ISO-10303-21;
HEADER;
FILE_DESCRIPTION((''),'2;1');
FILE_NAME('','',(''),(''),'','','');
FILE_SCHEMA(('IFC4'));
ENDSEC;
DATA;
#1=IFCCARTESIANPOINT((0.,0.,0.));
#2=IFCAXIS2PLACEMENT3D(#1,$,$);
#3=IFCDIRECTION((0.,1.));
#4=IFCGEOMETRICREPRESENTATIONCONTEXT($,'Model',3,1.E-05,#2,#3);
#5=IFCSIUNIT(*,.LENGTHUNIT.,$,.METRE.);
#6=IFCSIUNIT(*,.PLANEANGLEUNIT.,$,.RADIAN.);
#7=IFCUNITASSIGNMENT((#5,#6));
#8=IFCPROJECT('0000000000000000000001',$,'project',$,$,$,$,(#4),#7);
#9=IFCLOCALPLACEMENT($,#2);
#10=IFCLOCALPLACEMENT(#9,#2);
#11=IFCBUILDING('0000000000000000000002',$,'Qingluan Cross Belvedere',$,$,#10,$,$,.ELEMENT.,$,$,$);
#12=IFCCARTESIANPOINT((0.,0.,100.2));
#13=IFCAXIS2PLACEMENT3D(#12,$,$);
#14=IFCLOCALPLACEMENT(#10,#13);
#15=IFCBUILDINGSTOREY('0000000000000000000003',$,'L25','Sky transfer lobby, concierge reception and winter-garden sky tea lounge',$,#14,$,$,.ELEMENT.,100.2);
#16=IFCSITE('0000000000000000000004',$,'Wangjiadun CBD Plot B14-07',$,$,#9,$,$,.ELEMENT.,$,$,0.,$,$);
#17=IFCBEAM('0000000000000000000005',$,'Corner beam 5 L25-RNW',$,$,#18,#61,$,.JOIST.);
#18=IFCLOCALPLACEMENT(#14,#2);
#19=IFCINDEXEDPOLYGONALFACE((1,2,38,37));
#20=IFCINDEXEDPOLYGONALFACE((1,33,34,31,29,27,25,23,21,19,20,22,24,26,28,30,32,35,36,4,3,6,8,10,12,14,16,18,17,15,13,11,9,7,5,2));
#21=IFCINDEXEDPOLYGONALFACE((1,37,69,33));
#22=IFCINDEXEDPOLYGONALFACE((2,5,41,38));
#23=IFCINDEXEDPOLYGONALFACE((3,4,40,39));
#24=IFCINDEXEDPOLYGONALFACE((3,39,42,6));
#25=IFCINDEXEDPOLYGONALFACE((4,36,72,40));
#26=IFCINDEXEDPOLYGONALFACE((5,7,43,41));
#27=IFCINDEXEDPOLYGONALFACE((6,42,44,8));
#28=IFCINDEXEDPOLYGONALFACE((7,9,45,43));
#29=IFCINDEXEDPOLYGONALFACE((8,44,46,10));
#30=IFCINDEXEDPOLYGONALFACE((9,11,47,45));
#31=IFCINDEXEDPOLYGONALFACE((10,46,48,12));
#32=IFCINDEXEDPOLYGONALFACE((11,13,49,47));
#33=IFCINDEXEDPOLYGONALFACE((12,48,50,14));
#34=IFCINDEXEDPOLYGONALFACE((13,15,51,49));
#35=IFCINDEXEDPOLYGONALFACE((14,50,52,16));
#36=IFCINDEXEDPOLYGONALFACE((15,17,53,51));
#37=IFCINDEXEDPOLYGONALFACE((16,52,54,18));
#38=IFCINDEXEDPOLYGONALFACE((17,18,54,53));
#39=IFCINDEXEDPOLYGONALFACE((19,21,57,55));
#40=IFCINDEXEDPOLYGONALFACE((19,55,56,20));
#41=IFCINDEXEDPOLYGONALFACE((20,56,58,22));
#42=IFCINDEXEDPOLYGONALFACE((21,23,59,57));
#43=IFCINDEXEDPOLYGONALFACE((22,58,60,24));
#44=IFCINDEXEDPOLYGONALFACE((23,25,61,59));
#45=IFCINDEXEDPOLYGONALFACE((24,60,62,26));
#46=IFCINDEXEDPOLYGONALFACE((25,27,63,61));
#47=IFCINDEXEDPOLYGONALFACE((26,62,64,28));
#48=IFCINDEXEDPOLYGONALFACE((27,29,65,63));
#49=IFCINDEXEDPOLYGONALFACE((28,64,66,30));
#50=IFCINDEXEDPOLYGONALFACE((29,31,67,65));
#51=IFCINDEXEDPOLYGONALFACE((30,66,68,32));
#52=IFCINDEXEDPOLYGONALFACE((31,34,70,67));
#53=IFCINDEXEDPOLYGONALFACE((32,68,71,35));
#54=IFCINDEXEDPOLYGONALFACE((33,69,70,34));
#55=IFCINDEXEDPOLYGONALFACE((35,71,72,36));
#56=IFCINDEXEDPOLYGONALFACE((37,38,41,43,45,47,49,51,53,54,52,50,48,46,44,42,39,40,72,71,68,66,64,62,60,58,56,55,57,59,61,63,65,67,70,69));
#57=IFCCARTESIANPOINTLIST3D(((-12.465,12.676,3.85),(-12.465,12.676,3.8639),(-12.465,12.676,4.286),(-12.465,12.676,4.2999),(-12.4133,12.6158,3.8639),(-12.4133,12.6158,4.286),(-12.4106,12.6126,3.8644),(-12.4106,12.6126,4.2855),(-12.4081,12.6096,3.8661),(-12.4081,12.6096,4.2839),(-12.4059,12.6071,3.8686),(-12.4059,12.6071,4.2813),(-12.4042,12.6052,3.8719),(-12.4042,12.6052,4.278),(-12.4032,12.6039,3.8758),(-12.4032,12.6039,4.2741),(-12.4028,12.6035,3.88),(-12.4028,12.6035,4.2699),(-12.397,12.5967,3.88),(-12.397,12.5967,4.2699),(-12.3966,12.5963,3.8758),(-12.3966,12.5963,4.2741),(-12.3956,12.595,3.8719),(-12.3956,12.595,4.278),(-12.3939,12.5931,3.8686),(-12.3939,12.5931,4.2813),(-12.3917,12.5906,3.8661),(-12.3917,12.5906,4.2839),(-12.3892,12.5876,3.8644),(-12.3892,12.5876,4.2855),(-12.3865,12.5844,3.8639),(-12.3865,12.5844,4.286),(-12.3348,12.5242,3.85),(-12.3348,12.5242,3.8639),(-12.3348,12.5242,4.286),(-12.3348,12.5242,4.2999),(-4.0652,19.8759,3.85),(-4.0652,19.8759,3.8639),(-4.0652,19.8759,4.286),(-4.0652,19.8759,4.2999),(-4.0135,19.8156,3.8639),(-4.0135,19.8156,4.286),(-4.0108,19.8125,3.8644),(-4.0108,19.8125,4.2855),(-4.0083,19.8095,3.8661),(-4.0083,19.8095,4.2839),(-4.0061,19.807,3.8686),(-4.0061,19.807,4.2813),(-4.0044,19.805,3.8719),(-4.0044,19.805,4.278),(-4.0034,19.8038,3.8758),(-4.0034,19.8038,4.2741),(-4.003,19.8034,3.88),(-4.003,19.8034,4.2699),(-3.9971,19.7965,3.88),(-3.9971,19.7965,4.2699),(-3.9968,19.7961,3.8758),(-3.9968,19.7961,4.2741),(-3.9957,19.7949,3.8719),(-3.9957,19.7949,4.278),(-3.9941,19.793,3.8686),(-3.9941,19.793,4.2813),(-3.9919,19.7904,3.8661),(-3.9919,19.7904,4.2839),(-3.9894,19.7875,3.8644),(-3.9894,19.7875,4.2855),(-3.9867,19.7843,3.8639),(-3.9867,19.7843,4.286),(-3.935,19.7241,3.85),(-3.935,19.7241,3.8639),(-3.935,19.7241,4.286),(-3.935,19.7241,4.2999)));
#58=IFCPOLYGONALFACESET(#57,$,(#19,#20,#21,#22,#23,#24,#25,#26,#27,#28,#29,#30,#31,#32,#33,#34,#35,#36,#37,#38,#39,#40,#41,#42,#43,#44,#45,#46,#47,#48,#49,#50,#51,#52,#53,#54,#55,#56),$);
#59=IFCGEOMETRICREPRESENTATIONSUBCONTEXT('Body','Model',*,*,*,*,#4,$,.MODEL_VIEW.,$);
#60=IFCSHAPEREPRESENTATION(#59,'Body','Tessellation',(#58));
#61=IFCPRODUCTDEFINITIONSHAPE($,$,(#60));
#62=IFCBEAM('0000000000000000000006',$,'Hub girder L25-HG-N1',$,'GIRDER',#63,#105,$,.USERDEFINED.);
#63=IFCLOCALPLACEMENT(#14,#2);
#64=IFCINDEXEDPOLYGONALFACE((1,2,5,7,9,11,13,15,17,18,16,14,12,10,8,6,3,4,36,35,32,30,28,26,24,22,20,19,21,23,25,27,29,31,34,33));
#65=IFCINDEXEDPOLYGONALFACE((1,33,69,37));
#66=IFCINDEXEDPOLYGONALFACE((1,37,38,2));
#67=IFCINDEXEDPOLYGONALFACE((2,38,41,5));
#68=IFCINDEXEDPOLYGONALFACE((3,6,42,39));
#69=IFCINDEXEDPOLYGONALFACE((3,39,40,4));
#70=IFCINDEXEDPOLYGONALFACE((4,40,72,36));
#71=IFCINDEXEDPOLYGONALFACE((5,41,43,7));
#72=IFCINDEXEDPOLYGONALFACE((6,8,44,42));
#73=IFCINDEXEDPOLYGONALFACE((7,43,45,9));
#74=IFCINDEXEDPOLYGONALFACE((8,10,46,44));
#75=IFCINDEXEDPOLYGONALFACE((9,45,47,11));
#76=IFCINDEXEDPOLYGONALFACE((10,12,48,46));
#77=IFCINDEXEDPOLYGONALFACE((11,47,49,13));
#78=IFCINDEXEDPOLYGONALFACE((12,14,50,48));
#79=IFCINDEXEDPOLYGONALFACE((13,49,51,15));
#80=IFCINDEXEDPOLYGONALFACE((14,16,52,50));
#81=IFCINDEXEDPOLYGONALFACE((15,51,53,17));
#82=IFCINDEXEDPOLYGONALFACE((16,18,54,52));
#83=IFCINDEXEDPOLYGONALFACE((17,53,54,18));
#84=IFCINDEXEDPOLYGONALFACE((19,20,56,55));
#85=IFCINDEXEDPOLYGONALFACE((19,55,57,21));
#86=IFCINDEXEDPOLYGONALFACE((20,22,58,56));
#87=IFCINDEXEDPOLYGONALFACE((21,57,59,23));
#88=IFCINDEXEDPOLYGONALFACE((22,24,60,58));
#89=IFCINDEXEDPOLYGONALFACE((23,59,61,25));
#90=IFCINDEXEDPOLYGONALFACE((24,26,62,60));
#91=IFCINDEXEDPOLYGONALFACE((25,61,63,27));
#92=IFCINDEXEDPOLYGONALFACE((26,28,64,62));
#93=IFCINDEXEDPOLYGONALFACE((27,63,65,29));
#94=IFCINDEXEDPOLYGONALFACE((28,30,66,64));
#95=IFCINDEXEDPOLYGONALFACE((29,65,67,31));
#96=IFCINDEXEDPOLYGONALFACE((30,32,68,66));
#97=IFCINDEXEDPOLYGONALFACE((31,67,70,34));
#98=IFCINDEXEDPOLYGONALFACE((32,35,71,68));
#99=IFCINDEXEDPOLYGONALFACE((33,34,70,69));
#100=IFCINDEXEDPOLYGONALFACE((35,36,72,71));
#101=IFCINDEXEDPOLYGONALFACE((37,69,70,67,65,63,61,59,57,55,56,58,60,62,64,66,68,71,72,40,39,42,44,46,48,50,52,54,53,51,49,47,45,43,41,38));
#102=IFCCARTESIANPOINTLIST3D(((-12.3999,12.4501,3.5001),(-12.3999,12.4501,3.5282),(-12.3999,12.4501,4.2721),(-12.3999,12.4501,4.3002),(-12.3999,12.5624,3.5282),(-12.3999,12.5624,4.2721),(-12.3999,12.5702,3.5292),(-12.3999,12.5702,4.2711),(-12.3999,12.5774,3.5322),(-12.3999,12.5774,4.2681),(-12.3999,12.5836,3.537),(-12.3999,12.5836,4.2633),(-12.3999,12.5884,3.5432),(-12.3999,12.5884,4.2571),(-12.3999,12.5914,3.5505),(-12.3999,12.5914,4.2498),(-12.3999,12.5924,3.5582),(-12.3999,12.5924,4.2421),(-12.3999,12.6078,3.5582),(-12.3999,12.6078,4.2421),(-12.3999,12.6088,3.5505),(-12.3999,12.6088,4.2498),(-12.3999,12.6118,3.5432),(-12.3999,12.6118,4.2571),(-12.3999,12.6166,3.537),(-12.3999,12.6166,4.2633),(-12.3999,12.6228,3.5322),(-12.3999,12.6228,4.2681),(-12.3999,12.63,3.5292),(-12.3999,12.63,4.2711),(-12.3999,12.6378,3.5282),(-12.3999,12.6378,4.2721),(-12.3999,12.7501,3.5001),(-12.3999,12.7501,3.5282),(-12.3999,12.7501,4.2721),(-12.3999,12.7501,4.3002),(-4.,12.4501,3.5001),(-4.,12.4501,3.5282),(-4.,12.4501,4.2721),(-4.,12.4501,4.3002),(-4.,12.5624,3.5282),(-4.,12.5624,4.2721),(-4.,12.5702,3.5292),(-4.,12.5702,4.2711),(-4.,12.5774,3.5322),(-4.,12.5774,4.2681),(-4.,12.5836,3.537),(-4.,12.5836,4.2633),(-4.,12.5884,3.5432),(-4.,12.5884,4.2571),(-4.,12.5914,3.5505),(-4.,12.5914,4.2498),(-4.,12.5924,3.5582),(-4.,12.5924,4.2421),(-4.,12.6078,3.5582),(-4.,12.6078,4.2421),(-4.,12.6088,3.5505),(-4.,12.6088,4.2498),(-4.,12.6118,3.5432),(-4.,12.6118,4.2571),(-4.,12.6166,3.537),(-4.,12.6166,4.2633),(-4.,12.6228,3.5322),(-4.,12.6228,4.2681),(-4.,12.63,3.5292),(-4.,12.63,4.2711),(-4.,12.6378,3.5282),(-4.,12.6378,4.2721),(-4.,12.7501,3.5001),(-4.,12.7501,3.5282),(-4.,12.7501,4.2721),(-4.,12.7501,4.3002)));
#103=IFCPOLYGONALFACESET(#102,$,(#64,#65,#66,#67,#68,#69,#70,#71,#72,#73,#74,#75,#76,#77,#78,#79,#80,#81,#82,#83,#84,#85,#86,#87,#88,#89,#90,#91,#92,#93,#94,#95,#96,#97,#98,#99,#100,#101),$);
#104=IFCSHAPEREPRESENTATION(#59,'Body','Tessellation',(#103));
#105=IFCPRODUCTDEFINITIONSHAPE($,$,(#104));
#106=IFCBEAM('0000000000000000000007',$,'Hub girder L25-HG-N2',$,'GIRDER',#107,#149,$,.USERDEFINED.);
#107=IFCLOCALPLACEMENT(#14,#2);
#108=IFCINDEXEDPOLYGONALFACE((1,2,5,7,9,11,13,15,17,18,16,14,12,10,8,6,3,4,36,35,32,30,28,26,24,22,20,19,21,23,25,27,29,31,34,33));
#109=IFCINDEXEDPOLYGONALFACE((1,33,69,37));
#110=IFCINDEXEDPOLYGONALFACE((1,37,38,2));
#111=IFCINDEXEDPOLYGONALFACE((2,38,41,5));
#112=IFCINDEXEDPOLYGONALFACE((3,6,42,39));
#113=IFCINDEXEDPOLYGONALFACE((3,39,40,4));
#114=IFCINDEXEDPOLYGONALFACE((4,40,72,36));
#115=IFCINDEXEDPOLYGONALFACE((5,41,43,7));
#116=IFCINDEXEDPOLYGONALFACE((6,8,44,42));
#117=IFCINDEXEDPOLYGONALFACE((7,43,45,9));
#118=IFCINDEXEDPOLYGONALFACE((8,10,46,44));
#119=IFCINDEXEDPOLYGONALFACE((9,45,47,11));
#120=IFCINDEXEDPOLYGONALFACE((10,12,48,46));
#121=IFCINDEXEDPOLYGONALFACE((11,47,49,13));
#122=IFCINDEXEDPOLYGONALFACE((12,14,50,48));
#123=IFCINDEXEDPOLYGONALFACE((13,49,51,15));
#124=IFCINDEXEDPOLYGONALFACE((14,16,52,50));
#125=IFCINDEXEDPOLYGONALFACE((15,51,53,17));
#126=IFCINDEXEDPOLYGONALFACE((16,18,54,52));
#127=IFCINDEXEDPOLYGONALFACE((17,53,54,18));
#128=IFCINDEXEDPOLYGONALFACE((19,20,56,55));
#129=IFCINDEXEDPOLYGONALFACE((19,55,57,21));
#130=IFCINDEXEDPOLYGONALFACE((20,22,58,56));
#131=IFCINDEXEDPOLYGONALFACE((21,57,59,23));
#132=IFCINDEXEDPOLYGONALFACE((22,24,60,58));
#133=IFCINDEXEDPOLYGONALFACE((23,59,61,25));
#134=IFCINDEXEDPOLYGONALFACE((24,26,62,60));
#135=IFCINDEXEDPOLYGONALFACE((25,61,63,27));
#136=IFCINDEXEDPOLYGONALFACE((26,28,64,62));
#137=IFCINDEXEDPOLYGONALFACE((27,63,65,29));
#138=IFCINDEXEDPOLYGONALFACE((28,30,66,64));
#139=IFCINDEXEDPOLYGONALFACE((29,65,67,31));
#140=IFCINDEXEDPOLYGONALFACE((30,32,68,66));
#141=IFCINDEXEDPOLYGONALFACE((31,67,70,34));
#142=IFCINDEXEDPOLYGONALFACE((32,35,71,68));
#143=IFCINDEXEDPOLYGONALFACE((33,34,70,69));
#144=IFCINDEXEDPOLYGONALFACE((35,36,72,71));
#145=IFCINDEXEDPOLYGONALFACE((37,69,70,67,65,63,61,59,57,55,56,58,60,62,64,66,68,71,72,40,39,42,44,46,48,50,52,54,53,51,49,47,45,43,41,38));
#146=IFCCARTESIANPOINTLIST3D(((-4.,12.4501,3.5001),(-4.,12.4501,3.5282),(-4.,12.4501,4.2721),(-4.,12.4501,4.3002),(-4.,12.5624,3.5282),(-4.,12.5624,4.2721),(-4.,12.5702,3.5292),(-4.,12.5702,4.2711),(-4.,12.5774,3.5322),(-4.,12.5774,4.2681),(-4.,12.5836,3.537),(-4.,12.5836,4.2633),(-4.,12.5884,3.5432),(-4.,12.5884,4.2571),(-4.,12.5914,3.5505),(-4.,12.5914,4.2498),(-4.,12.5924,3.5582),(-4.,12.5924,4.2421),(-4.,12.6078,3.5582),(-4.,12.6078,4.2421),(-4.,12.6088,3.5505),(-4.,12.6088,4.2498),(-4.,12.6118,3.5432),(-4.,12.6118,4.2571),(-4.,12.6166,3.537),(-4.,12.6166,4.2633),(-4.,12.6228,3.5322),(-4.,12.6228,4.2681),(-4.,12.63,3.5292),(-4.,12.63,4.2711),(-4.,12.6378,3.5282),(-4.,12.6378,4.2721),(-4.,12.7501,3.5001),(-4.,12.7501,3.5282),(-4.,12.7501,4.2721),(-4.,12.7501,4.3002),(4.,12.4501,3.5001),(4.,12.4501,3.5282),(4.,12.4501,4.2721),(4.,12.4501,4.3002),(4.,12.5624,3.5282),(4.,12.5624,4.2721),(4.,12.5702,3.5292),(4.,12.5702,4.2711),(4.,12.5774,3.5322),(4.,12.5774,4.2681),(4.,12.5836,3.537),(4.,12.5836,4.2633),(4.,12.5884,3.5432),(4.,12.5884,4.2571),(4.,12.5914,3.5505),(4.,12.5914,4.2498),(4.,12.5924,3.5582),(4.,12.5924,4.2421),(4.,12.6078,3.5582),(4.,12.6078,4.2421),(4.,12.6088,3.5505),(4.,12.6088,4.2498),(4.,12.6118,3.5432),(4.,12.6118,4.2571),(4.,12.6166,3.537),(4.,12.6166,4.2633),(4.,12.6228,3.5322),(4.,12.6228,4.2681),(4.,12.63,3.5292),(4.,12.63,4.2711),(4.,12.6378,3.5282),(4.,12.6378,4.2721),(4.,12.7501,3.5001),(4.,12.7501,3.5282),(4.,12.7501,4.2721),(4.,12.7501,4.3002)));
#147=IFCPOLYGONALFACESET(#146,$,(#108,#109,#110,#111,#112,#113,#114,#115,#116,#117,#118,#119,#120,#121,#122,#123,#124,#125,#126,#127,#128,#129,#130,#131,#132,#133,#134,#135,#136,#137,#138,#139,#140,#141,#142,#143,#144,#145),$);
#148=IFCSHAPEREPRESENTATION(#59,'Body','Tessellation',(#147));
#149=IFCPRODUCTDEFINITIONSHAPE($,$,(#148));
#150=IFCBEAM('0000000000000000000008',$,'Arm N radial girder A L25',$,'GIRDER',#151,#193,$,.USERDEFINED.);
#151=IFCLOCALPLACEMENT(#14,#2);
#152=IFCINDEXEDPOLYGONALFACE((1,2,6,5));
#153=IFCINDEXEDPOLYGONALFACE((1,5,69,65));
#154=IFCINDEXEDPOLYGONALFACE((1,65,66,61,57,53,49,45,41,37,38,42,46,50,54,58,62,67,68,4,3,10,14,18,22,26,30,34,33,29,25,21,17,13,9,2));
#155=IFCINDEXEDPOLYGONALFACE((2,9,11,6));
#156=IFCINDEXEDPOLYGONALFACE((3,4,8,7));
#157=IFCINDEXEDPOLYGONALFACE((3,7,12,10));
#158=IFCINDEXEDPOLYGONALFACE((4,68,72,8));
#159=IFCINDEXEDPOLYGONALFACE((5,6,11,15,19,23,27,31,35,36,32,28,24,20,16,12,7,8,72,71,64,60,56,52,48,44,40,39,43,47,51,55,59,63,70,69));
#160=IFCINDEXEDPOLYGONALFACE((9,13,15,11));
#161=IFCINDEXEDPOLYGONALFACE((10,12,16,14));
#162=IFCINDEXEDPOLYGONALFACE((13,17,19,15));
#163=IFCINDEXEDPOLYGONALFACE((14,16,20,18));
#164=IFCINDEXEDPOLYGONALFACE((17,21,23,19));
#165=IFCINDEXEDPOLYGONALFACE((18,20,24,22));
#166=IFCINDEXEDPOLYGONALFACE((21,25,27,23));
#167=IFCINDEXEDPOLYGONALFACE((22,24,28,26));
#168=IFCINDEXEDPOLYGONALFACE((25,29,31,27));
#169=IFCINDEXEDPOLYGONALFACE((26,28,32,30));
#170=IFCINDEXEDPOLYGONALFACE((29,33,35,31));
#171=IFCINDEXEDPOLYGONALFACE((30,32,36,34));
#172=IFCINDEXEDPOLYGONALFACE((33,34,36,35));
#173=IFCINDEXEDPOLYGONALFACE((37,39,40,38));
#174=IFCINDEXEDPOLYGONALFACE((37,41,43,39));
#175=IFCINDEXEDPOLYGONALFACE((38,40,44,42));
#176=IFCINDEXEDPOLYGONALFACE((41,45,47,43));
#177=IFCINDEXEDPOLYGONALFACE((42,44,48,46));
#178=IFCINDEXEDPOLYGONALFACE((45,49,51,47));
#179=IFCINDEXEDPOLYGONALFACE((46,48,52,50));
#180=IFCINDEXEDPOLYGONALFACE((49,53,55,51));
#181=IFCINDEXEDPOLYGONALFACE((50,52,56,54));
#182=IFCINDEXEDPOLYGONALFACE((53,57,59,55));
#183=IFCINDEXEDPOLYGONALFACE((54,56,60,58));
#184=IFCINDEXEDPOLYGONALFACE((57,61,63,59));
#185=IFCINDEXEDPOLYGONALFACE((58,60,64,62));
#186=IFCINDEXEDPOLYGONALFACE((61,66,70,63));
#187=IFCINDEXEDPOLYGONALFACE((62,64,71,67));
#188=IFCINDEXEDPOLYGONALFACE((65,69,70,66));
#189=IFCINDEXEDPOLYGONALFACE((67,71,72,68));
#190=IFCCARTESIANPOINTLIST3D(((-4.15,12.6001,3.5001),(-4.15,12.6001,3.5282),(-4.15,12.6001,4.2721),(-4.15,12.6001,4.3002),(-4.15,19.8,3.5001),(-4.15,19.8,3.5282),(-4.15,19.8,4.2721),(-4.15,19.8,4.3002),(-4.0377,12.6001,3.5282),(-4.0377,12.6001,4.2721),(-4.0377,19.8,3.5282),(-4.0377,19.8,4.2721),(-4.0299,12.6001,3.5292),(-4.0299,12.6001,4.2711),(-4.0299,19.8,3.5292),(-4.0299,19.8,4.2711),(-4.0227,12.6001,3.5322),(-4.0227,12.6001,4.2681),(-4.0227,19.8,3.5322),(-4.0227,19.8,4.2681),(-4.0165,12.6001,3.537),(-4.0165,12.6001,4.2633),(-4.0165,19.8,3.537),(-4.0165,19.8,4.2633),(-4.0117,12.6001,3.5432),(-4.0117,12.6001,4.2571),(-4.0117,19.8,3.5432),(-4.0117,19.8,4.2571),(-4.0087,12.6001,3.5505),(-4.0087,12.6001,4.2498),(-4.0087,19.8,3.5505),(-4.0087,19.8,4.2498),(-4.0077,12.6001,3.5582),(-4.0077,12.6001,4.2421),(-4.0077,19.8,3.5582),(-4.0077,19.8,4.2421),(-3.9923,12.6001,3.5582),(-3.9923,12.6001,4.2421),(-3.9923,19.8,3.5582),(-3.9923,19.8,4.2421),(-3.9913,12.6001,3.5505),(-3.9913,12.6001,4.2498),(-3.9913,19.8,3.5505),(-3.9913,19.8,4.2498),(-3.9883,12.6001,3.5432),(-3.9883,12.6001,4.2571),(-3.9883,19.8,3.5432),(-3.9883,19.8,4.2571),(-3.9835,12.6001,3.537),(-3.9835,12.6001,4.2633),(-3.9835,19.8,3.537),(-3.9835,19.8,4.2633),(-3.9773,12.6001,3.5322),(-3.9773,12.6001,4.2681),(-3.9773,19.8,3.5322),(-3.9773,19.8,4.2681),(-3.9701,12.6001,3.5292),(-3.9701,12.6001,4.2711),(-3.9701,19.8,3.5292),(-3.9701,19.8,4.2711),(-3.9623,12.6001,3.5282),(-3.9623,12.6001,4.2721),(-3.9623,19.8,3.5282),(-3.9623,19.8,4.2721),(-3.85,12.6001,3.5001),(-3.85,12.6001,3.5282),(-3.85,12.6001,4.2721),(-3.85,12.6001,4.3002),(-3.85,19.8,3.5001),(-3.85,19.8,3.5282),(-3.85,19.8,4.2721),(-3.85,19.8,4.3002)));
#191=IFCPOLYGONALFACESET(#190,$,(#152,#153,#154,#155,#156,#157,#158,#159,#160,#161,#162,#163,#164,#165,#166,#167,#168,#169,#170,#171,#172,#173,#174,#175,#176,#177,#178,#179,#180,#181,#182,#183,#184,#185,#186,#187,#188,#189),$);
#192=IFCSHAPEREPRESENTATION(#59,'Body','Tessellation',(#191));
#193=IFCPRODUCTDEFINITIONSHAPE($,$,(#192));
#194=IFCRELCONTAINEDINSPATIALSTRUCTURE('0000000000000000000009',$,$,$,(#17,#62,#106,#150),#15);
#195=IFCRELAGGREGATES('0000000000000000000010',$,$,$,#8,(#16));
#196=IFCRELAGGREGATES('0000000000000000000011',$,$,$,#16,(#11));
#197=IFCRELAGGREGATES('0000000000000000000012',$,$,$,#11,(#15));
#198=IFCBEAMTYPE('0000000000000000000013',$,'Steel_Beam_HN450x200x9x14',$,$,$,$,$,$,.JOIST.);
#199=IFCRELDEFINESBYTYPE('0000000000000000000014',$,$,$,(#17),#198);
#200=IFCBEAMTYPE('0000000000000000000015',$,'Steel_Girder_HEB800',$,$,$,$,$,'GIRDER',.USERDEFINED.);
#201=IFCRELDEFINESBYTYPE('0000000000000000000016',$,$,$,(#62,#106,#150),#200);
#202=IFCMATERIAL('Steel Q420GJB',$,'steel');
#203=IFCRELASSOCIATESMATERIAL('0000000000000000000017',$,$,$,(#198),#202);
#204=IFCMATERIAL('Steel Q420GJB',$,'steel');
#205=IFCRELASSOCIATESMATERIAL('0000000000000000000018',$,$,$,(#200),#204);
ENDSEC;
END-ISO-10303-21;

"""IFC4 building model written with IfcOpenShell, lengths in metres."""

from ifc_helpers import new_model, si_unit, direction, frame, origin, origin_2d, place, context, subcontext, project, spatial, i_section, extrude, material, material_profile, profile_set, type_object, element, save


model = new_model("IFC4")

# Units and contexts
model_context = context("Model", 3, precision=1e-05, world=origin(), true_north=direction((0.0, 1.0)))
body_context = subcontext(model_context, "Body", "Model", "MODEL_VIEW")
ifc_project = project(units=[si_unit("LENGTHUNIT", "METRE"), si_unit("PLANEANGLEUNIT", "RADIAN")], contexts=[model_context])

# Site, building, storey
site_placement = place(None, origin())
site = spatial("IfcSite", under=ifc_project, at=site_placement, Name="Wangjiadun CBD Plot B14-07", CompositionType="ELEMENT", RefElevation=0.0)
building_placement = place(site_placement, origin())
building = spatial("IfcBuilding", under=site, at=building_placement, Name="Qingluan Cross Belvedere", CompositionType="ELEMENT")
storey_placement = place(building_placement, frame((0.0, 0.0, 100.2)))
storey = spatial("IfcBuildingStorey", under=building, at=storey_placement, Name="L25", Description="Sky transfer lobby, concierge reception and winter-garden sky tea lounge", CompositionType="ELEMENT", Elevation=100.2)

# Beams
ifc_material_1 = material(Name="Steel Q420GJB", Category="steel")
ifc_material_profile_1 = material_profile(ifc_material_1, i_section(OverallWidth=0.2, OverallDepth=0.45, WebThickness=0.009, FlangeThickness=0.0139, FilletRadius=0.0161, at=origin_2d()), Name="HN450x200x9x14")
ifc_profile_set_1 = profile_set([ifc_material_profile_1], Name="Steel Q420GJB")
beam_type_1 = type_object("IfcBeamType", Name="Steel_Beam_HN450x200x9x14", PredefinedType="JOIST", material=ifc_profile_set_1)
beam_1_placement = place(storey_placement, frame((-12.3999, 12.6001, 4.075), z_axis=(0.759255, 0.650793, 0.0), x_axis=(-0.650793, 0.759255, 0.0)))
element("IfcBeam", 1, at=beam_1_placement, inside=storey, type_object=beam_type_1, Name="Corner beam 5 L25-RNW", PredefinedType="JOIST", context=body_context, shape_type="SweptSolid", body=[
    extrude(i_section(OverallWidth=0.2, OverallDepth=0.45, WebThickness=0.009, FlangeThickness=0.0139, FilletRadius=0.0161, at=origin_2d()), origin(), (0.0, 0.0, 1.0), 11.0632),
])
ifc_material_2 = material(Name="Steel Q420GJB", Category="steel")
ifc_material_profile_2 = material_profile(ifc_material_2, i_section(OverallWidth=0.3, OverallDepth=0.8, WebThickness=0.0154, FlangeThickness=0.0281, FilletRadius=0.03, at=origin_2d()), Name="HEB800")
ifc_profile_set_2 = profile_set([ifc_material_profile_2], Name="Steel Q420GJB")
beam_type_2 = type_object("IfcBeamType", Name="Steel_Girder_HEB800", ElementType="GIRDER", PredefinedType="USERDEFINED", material=ifc_profile_set_2)
beam_2_placement = place(storey_placement, frame((-12.3999, 12.6001, 3.9001), z_axis=(1.0, 0.0, 0.0), x_axis=(0.0, 1.0, 0.0)))
element("IfcBeam", 2, at=beam_2_placement, inside=storey, type_object=beam_type_2, Name="Hub girder L25-HG-N1", ObjectType="GIRDER", PredefinedType="USERDEFINED", context=body_context, shape_type="SweptSolid", body=[
    extrude(i_section(OverallWidth=0.3, OverallDepth=0.8, WebThickness=0.0154, FlangeThickness=0.0281, FilletRadius=0.03, at=origin_2d()), origin(), (0.0, 0.0, 1.0), 8.3999),
])
beam_3_placement = place(storey_placement, frame((-4.0, 12.6001, 3.9001), z_axis=(1.0, 0.0, 0.0), x_axis=(0.0, 1.0, 0.0)))
element("IfcBeam", 3, at=beam_3_placement, inside=storey, type_object=beam_type_2, Name="Hub girder L25-HG-N2", ObjectType="GIRDER", PredefinedType="USERDEFINED", context=body_context, shape_type="SweptSolid", body=[
    extrude(i_section(OverallWidth=0.3, OverallDepth=0.8, WebThickness=0.0154, FlangeThickness=0.0281, FilletRadius=0.03, at=origin_2d()), origin(), (0.0, 0.0, 1.0), 8.0),
])
beam_4_placement = place(storey_placement, frame((-4.0, 12.6001, 3.9001), z_axis=(0.0, 1.0, 0.0), x_axis=(-1.0, 0.0, 0.0)))
element("IfcBeam", 4, at=beam_4_placement, inside=storey, type_object=beam_type_2, Name="Arm N radial girder A L25", ObjectType="GIRDER", PredefinedType="USERDEFINED", context=body_context, shape_type="SweptSolid", body=[
    extrude(i_section(OverallWidth=0.3, OverallDepth=0.8, WebThickness=0.0154, FlangeThickness=0.0281, FilletRadius=0.03, at=origin_2d()), origin(), (0.0, 0.0, 1.0), 7.2),
])

save(model, "model.ifc")
